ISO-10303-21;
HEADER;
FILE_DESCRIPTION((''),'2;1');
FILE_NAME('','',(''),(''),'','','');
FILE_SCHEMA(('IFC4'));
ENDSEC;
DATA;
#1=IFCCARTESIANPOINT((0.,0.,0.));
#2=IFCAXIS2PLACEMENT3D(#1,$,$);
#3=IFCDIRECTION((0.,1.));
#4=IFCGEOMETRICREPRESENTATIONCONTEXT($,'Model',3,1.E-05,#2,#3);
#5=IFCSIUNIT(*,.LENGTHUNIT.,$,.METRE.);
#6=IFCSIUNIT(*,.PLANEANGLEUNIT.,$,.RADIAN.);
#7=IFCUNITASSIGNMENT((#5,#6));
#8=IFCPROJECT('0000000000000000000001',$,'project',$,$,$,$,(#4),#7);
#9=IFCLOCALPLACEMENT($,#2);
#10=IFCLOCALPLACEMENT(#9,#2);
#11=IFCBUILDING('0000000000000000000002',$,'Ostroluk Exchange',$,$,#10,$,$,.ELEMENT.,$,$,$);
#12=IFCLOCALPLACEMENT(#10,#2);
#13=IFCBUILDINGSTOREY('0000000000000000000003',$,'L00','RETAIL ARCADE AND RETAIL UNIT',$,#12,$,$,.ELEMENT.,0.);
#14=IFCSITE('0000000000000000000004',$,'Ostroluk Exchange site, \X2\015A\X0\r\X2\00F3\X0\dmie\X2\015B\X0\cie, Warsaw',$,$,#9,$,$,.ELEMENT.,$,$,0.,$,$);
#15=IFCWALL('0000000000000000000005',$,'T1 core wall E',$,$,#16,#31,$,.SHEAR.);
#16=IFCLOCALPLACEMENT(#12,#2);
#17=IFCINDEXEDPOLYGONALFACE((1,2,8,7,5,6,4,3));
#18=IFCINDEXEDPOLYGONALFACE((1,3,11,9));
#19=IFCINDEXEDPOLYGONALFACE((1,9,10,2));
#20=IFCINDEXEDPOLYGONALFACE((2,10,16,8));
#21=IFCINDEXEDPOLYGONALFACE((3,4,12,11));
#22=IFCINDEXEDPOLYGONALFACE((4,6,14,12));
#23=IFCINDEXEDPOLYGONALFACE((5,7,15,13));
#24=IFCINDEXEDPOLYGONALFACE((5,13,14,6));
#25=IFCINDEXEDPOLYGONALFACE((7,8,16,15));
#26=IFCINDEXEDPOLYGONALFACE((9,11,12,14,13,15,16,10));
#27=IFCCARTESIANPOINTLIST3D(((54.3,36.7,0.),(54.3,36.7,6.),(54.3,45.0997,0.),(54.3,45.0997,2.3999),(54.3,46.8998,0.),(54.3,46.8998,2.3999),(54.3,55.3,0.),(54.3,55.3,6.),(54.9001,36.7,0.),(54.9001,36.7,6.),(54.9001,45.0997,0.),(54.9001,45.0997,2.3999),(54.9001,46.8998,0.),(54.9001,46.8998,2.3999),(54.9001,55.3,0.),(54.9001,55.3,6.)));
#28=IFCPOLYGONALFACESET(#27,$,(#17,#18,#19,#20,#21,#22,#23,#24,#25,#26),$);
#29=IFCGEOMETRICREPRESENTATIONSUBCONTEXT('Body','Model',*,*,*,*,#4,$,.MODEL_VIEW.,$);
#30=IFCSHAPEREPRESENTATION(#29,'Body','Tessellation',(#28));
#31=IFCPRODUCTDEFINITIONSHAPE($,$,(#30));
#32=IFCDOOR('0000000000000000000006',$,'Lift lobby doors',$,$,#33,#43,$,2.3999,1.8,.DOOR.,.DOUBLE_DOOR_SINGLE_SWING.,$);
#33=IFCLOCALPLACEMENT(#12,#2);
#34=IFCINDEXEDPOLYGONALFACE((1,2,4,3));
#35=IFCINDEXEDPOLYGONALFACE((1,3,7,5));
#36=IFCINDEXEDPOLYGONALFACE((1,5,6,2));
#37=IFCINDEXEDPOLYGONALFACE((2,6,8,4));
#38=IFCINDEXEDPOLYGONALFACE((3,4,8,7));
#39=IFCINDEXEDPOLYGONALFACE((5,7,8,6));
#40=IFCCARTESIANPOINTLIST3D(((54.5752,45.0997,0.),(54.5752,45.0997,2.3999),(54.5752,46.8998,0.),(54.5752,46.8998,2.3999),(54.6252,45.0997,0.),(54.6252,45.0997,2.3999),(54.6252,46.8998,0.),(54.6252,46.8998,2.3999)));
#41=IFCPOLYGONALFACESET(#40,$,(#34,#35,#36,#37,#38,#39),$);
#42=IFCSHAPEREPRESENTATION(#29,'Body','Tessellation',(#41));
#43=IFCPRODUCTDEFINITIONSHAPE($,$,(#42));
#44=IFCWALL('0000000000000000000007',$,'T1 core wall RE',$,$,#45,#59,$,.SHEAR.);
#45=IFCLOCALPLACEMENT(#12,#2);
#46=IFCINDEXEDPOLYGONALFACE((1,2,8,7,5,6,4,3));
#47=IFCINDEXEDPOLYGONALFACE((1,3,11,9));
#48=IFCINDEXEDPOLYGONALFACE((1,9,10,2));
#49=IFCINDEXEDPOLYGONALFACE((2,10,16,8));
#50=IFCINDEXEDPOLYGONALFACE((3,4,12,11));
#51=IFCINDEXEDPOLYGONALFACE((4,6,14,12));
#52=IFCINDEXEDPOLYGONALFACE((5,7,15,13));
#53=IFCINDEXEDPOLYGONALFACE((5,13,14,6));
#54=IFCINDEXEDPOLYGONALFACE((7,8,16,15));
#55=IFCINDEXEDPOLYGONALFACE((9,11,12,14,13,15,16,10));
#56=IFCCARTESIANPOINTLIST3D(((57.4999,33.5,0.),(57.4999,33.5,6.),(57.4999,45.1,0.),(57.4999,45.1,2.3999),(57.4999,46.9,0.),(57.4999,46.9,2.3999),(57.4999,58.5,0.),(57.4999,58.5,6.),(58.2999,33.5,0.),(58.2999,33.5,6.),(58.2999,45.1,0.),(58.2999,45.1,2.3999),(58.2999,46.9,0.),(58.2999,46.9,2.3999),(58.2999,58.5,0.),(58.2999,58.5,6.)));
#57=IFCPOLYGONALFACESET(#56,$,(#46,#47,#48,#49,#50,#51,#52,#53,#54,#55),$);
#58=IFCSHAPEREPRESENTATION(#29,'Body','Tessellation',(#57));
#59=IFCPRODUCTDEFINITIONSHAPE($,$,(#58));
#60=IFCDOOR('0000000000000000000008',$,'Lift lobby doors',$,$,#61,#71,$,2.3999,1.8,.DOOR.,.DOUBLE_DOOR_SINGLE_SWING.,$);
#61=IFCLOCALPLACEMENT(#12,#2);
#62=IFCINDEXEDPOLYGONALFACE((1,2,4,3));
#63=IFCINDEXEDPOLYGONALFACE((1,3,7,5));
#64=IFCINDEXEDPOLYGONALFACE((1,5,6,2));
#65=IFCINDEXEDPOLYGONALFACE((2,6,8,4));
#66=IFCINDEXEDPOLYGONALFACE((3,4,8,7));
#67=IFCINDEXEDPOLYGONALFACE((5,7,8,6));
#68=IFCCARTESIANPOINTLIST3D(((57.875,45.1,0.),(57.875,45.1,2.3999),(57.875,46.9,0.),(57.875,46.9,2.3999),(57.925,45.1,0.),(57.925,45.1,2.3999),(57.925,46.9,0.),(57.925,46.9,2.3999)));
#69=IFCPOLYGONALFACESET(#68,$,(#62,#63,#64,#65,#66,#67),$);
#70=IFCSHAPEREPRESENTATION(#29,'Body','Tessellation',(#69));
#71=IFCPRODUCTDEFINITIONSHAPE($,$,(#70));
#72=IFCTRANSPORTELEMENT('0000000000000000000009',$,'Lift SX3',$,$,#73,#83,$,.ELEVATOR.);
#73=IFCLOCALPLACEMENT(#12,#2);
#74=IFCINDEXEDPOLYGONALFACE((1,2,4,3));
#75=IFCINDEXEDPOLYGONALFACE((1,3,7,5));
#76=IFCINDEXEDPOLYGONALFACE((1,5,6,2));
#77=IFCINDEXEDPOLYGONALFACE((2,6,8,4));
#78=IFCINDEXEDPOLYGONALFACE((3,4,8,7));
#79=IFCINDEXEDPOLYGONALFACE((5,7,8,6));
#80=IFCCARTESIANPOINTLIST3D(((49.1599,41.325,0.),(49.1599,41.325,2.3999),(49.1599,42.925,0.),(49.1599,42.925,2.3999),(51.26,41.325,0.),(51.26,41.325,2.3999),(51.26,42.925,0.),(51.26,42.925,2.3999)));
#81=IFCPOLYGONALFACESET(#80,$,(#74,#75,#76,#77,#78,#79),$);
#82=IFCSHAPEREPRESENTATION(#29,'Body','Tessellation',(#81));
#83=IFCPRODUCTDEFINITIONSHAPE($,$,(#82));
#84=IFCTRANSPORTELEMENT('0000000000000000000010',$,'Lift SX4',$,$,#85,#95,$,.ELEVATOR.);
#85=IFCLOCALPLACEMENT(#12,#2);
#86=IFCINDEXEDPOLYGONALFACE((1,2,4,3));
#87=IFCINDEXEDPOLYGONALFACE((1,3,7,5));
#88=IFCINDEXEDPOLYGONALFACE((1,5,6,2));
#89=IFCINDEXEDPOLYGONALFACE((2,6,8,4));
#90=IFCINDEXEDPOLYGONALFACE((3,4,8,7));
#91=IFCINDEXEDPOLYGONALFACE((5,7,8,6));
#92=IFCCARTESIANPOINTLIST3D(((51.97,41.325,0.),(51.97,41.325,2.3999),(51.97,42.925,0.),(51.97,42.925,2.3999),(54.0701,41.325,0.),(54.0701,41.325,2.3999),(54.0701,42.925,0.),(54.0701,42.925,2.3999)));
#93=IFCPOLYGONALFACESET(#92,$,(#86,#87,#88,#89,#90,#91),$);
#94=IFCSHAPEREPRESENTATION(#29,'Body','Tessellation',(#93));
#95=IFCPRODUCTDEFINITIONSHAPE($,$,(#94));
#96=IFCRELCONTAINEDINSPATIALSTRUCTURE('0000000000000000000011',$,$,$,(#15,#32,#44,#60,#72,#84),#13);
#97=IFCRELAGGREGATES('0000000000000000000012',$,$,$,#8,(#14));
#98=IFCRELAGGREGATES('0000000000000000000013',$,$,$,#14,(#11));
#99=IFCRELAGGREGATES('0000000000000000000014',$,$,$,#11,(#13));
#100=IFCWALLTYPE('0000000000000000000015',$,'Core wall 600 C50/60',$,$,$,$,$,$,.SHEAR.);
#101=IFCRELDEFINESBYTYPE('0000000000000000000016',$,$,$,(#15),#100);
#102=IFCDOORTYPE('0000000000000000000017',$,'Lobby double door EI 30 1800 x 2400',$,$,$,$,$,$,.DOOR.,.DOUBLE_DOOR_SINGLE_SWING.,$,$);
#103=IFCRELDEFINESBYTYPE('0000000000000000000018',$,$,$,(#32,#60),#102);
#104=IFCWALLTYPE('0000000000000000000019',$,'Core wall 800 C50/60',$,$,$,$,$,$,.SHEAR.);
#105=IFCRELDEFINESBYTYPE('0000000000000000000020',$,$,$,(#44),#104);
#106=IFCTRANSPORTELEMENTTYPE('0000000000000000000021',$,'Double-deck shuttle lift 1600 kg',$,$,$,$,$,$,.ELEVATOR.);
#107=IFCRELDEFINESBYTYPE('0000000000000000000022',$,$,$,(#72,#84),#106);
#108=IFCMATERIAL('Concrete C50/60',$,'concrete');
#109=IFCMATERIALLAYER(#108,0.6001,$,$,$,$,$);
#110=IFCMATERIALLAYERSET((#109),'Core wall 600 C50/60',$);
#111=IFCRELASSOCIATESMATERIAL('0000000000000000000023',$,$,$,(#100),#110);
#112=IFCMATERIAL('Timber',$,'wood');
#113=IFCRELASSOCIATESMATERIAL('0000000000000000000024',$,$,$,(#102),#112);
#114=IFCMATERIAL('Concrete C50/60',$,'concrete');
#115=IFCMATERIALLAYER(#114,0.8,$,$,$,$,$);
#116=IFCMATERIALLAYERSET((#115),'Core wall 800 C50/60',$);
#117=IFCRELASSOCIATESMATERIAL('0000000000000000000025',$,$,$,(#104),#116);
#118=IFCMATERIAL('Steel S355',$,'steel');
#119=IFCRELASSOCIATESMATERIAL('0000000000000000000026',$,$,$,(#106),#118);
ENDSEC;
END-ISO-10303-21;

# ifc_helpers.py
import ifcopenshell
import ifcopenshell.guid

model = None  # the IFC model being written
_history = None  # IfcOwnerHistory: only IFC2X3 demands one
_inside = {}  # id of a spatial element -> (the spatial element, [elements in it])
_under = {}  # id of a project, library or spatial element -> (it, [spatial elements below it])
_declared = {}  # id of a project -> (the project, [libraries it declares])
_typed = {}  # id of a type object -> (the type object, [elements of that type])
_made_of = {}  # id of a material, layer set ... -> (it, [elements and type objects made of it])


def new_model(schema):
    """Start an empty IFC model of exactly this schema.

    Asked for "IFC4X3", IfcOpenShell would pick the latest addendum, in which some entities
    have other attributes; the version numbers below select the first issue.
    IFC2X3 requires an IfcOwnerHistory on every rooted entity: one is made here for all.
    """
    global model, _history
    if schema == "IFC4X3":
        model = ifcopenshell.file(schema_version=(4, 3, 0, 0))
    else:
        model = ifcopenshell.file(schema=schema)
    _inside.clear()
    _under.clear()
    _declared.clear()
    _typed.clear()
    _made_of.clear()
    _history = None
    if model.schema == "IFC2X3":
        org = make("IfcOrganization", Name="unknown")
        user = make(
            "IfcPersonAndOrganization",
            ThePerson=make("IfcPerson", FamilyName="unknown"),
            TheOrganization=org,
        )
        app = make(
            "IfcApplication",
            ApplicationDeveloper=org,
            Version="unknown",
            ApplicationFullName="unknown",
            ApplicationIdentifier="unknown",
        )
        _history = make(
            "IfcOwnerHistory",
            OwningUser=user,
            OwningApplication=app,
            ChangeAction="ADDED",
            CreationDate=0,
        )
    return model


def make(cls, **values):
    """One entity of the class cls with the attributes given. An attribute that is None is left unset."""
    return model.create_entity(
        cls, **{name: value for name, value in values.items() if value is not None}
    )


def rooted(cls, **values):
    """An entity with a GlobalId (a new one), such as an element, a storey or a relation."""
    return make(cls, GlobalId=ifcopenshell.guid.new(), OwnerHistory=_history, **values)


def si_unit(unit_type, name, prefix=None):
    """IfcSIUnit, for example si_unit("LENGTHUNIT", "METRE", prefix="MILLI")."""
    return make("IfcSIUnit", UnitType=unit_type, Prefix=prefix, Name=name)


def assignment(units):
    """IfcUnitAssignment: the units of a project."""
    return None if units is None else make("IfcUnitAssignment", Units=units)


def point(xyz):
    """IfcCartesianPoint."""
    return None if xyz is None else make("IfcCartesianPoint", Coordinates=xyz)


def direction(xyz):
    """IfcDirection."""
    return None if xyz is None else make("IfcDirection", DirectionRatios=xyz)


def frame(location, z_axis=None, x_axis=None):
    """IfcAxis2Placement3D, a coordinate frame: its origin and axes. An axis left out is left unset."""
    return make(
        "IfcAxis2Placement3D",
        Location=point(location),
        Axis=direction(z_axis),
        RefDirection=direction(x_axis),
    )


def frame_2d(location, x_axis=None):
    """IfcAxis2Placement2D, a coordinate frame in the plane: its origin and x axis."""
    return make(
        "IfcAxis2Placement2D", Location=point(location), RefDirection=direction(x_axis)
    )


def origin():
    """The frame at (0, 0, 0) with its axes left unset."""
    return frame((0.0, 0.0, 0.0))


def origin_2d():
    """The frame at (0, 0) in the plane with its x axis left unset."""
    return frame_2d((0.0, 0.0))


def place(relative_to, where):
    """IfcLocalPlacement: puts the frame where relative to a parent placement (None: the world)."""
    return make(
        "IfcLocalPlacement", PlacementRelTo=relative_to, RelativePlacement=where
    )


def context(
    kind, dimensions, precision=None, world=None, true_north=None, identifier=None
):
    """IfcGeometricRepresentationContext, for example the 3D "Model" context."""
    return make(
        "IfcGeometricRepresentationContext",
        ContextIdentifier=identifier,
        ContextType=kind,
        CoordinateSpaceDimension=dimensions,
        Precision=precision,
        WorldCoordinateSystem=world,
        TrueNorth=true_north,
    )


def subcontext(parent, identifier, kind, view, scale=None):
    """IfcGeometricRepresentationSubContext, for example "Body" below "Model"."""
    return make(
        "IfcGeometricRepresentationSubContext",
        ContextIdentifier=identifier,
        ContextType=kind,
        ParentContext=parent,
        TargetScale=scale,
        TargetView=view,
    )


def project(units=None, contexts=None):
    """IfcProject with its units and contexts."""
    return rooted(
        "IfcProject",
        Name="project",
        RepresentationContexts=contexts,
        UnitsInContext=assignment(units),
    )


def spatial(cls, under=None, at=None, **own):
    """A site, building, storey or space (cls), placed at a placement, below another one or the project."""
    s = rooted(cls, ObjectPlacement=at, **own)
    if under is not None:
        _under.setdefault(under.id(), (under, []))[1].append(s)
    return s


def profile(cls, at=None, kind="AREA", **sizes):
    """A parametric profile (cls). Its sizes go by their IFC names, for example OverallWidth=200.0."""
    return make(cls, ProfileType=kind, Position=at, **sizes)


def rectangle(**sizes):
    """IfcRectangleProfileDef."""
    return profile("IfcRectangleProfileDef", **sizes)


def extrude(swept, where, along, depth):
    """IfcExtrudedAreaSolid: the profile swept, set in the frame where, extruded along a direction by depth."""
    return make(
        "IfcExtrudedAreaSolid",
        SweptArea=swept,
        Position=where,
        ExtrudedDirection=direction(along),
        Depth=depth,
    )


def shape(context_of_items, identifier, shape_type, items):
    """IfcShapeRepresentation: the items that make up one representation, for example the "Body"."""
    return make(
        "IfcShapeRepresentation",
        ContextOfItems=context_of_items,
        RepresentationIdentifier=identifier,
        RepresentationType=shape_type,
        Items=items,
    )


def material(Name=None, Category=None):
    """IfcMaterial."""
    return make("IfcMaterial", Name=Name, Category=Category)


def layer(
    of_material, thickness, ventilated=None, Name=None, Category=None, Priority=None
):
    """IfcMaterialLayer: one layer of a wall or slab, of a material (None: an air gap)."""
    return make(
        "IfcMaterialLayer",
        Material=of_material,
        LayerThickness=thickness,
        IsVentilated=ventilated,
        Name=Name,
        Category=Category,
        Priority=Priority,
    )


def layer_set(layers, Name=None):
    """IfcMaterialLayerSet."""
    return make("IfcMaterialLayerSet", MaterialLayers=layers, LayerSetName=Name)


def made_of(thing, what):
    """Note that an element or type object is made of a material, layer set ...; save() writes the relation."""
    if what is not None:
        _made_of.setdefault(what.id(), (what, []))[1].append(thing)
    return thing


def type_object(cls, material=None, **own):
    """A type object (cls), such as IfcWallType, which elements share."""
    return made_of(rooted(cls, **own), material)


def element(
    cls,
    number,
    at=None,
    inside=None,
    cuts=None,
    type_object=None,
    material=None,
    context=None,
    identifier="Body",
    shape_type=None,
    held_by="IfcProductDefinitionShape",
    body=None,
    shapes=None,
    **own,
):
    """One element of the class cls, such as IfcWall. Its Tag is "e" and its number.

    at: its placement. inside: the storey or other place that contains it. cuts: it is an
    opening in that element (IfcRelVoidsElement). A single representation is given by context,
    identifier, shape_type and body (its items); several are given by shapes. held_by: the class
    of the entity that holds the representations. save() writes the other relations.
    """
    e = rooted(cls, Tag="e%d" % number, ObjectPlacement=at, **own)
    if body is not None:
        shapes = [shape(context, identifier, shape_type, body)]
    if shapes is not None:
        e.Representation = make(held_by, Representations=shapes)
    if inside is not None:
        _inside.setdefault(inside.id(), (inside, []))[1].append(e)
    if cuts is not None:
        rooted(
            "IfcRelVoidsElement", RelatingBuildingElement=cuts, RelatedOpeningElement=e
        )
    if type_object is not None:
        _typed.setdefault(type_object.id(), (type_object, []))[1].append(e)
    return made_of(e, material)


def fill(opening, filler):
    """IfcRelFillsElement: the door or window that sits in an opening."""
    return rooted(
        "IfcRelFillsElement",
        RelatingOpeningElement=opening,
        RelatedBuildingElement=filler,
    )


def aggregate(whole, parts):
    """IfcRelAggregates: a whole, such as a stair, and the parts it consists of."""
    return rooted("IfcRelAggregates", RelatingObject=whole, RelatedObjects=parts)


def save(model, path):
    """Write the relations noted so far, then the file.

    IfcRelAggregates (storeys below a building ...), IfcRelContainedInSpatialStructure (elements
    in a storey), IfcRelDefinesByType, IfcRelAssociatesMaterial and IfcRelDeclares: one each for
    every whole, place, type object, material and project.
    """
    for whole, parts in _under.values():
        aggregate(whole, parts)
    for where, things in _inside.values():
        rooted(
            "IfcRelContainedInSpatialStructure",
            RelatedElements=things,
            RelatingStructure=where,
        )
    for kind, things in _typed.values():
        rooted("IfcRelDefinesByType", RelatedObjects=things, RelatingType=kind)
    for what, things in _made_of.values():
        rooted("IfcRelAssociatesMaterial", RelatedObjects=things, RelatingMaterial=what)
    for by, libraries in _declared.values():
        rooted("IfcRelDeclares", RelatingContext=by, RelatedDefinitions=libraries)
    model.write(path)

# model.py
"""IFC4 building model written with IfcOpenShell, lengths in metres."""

from ifc_helpers import new_model, si_unit, direction, frame, frame_2d, origin, origin_2d, place, context, subcontext, project, spatial, rectangle, extrude, material, layer, layer_set, type_object, element, fill, save


model = new_model("IFC4")

# Units and contexts
model_context = context("Model", 3, precision=1e-05, world=origin(), true_north=direction((0.0, 1.0)))
body_context = subcontext(model_context, "Body", "Model", "MODEL_VIEW")
ifc_project = project(units=[si_unit("LENGTHUNIT", "METRE"), si_unit("PLANEANGLEUNIT", "RADIAN")], contexts=[model_context])

# Site, building, storey
site_placement = place(None, origin())
site = spatial("IfcSite", under=ifc_project, at=site_placement, Name="Ostroluk Exchange site, Śródmieście, Warsaw", CompositionType="ELEMENT", RefElevation=0.0)
building_placement = place(site_placement, origin())
building = spatial("IfcBuilding", under=site, at=building_placement, Name="Ostroluk Exchange", CompositionType="ELEMENT")
storey_placement = place(building_placement, origin())
storey = spatial("IfcBuildingStorey", under=building, at=storey_placement, Name="L00", Description="RETAIL ARCADE AND RETAIL UNIT", CompositionType="ELEMENT", Elevation=0.0)

# Walls, openings, doors
ifc_material_1 = material(Name="Concrete C50/60", Category="concrete")
ifc_layer_1 = layer(ifc_material_1, 0.6001)
ifc_layer_set_1 = layer_set([ifc_layer_1], Name="Core wall 600 C50/60")
wall_type_1 = type_object("IfcWallType", Name="Core wall 600 C50/60", PredefinedType="SHEAR", material=ifc_layer_set_1)
wall_1_placement = place(storey_placement, frame((54.6001, 36.7, 0.0), z_axis=(0.0, 0.0, 1.0), x_axis=(0.0, 1.0, 0.0)))
wall_1 = element("IfcWall", 1, at=wall_1_placement, inside=storey, type_object=wall_type_1, Name="T1 core wall E", PredefinedType="SHEAR", context=body_context, shape_type="SweptSolid", body=[
    extrude(rectangle(XDim=18.6001, YDim=0.6001, at=frame_2d((9.3, 0.0))), origin(), (0.0, 0.0, 1.0), 6.0),
])
opening_1_placement = place(wall_1_placement, frame((8.3999, 0.0, 0.0)))
opening_1 = element("IfcOpeningElement", 2, at=opening_1_placement, cuts=wall_1, PredefinedType="OPENING", context=body_context, shape_type="SweptSolid", body=[
    extrude(rectangle(XDim=1.8, YDim=2.3999, at=frame_2d((0.8999, 1.2))), frame((0.0, 0.3101, 0.0), z_axis=(0.0, -1.0, 0.0), x_axis=(1.0, 0.0, 0.0)), (0.0, 0.0, 1.0), 0.6201),
])
ifc_material_2 = material(Name="Timber", Category="wood")
door_type_1 = type_object("IfcDoorType", Name="Lobby double door EI 30 1800 x 2400", OperationType="DOUBLE_DOOR_SINGLE_SWING", PredefinedType="DOOR", material=ifc_material_2)
door_1_placement = place(opening_1_placement, origin())
door_1 = element("IfcDoor", 3, at=door_1_placement, inside=storey, type_object=door_type_1, Name="Lift lobby doors", OperationType="DOUBLE_DOOR_SINGLE_SWING", OverallHeight=2.3999, OverallWidth=1.8, PredefinedType="DOOR", context=body_context, shape_type="SweptSolid", body=[
    extrude(rectangle(XDim=1.8, YDim=2.3999, at=frame_2d((0.8999, 1.2))), frame((0.0, 0.0249, 0.0), z_axis=(0.0, -1.0, 0.0), x_axis=(1.0, 0.0, 0.0)), (0.0, 0.0, 1.0), 0.05),
])
fill(opening_1, door_1)
ifc_material_3 = material(Name="Concrete C50/60", Category="concrete")
ifc_layer_2 = layer(ifc_material_3, 0.8)
ifc_layer_set_2 = layer_set([ifc_layer_2], Name="Core wall 800 C50/60")
wall_type_2 = type_object("IfcWallType", Name="Core wall 800 C50/60", PredefinedType="SHEAR", material=ifc_layer_set_2)
wall_2_placement = place(storey_placement, frame((57.8999, 33.5, 0.0), z_axis=(0.0, 0.0, 1.0), x_axis=(0.0, 1.0, 0.0)))
wall_2 = element("IfcWall", 4, at=wall_2_placement, inside=storey, type_object=wall_type_2, Name="T1 core wall RE", PredefinedType="SHEAR", context=body_context, shape_type="SweptSolid", body=[
    extrude(rectangle(XDim=25.0, YDim=0.8, at=frame_2d((12.5, 0.0))), origin(), (0.0, 0.0, 1.0), 6.0),
])
opening_2_placement = place(wall_2_placement, frame((11.6001, 0.0, 0.0)))
opening_2 = element("IfcOpeningElement", 5, at=opening_2_placement, cuts=wall_2, PredefinedType="OPENING", context=body_context, shape_type="SweptSolid", body=[
    extrude(rectangle(XDim=1.8, YDim=2.3999, at=frame_2d((0.8999, 1.2))), frame((0.0, 0.4099, 0.0), z_axis=(0.0, -1.0, 0.0), x_axis=(1.0, 0.0, 0.0)), (0.0, 0.0, 1.0), 0.8201),
])
door_2_placement = place(opening_2_placement, origin())
door_2 = element("IfcDoor", 6, at=door_2_placement, inside=storey, type_object=door_type_1, Name="Lift lobby doors", OperationType="DOUBLE_DOOR_SINGLE_SWING", OverallHeight=2.3999, OverallWidth=1.8, PredefinedType="DOOR", context=body_context, shape_type="SweptSolid", body=[
    extrude(rectangle(XDim=1.8, YDim=2.3999, at=frame_2d((0.8999, 1.2))), frame((0.0, 0.0249, 0.0), z_axis=(0.0, -1.0, 0.0), x_axis=(1.0, 0.0, 0.0)), (0.0, 0.0, 1.0), 0.05),
])
fill(opening_2, door_2)

# Transport elements
ifc_material_4 = material(Name="Steel S355", Category="steel")
transport_element_type = type_object("IfcTransportElementType", Name="Double-deck shuttle lift 1600 kg", PredefinedType="ELEVATOR", material=ifc_material_4)
for number, where, z_axis, x_axis, name in (
    (7, (50.21, 42.125, 0.0), (0.0, 0.0, 1.0), (1.0, 0.0, 0.0), "Lift SX3"),
    (8, (53.02, 42.125, 0.0), (0.0, 0.0, 1.0), (1.0, 0.0, 0.0), "Lift SX4"),
):
    element("IfcTransportElement", number, at=place(storey_placement, frame(where, z_axis=z_axis, x_axis=x_axis)), inside=storey, type_object=transport_element_type, Name=name, PredefinedType="ELEVATOR", context=body_context, shape_type="SweptSolid", body=[
        extrude(rectangle(XDim=2.1001, YDim=1.6001, at=origin_2d()), origin(), (0.0, 0.0, 1.0), 2.3999),
    ])

save(model, "model.ifc")
